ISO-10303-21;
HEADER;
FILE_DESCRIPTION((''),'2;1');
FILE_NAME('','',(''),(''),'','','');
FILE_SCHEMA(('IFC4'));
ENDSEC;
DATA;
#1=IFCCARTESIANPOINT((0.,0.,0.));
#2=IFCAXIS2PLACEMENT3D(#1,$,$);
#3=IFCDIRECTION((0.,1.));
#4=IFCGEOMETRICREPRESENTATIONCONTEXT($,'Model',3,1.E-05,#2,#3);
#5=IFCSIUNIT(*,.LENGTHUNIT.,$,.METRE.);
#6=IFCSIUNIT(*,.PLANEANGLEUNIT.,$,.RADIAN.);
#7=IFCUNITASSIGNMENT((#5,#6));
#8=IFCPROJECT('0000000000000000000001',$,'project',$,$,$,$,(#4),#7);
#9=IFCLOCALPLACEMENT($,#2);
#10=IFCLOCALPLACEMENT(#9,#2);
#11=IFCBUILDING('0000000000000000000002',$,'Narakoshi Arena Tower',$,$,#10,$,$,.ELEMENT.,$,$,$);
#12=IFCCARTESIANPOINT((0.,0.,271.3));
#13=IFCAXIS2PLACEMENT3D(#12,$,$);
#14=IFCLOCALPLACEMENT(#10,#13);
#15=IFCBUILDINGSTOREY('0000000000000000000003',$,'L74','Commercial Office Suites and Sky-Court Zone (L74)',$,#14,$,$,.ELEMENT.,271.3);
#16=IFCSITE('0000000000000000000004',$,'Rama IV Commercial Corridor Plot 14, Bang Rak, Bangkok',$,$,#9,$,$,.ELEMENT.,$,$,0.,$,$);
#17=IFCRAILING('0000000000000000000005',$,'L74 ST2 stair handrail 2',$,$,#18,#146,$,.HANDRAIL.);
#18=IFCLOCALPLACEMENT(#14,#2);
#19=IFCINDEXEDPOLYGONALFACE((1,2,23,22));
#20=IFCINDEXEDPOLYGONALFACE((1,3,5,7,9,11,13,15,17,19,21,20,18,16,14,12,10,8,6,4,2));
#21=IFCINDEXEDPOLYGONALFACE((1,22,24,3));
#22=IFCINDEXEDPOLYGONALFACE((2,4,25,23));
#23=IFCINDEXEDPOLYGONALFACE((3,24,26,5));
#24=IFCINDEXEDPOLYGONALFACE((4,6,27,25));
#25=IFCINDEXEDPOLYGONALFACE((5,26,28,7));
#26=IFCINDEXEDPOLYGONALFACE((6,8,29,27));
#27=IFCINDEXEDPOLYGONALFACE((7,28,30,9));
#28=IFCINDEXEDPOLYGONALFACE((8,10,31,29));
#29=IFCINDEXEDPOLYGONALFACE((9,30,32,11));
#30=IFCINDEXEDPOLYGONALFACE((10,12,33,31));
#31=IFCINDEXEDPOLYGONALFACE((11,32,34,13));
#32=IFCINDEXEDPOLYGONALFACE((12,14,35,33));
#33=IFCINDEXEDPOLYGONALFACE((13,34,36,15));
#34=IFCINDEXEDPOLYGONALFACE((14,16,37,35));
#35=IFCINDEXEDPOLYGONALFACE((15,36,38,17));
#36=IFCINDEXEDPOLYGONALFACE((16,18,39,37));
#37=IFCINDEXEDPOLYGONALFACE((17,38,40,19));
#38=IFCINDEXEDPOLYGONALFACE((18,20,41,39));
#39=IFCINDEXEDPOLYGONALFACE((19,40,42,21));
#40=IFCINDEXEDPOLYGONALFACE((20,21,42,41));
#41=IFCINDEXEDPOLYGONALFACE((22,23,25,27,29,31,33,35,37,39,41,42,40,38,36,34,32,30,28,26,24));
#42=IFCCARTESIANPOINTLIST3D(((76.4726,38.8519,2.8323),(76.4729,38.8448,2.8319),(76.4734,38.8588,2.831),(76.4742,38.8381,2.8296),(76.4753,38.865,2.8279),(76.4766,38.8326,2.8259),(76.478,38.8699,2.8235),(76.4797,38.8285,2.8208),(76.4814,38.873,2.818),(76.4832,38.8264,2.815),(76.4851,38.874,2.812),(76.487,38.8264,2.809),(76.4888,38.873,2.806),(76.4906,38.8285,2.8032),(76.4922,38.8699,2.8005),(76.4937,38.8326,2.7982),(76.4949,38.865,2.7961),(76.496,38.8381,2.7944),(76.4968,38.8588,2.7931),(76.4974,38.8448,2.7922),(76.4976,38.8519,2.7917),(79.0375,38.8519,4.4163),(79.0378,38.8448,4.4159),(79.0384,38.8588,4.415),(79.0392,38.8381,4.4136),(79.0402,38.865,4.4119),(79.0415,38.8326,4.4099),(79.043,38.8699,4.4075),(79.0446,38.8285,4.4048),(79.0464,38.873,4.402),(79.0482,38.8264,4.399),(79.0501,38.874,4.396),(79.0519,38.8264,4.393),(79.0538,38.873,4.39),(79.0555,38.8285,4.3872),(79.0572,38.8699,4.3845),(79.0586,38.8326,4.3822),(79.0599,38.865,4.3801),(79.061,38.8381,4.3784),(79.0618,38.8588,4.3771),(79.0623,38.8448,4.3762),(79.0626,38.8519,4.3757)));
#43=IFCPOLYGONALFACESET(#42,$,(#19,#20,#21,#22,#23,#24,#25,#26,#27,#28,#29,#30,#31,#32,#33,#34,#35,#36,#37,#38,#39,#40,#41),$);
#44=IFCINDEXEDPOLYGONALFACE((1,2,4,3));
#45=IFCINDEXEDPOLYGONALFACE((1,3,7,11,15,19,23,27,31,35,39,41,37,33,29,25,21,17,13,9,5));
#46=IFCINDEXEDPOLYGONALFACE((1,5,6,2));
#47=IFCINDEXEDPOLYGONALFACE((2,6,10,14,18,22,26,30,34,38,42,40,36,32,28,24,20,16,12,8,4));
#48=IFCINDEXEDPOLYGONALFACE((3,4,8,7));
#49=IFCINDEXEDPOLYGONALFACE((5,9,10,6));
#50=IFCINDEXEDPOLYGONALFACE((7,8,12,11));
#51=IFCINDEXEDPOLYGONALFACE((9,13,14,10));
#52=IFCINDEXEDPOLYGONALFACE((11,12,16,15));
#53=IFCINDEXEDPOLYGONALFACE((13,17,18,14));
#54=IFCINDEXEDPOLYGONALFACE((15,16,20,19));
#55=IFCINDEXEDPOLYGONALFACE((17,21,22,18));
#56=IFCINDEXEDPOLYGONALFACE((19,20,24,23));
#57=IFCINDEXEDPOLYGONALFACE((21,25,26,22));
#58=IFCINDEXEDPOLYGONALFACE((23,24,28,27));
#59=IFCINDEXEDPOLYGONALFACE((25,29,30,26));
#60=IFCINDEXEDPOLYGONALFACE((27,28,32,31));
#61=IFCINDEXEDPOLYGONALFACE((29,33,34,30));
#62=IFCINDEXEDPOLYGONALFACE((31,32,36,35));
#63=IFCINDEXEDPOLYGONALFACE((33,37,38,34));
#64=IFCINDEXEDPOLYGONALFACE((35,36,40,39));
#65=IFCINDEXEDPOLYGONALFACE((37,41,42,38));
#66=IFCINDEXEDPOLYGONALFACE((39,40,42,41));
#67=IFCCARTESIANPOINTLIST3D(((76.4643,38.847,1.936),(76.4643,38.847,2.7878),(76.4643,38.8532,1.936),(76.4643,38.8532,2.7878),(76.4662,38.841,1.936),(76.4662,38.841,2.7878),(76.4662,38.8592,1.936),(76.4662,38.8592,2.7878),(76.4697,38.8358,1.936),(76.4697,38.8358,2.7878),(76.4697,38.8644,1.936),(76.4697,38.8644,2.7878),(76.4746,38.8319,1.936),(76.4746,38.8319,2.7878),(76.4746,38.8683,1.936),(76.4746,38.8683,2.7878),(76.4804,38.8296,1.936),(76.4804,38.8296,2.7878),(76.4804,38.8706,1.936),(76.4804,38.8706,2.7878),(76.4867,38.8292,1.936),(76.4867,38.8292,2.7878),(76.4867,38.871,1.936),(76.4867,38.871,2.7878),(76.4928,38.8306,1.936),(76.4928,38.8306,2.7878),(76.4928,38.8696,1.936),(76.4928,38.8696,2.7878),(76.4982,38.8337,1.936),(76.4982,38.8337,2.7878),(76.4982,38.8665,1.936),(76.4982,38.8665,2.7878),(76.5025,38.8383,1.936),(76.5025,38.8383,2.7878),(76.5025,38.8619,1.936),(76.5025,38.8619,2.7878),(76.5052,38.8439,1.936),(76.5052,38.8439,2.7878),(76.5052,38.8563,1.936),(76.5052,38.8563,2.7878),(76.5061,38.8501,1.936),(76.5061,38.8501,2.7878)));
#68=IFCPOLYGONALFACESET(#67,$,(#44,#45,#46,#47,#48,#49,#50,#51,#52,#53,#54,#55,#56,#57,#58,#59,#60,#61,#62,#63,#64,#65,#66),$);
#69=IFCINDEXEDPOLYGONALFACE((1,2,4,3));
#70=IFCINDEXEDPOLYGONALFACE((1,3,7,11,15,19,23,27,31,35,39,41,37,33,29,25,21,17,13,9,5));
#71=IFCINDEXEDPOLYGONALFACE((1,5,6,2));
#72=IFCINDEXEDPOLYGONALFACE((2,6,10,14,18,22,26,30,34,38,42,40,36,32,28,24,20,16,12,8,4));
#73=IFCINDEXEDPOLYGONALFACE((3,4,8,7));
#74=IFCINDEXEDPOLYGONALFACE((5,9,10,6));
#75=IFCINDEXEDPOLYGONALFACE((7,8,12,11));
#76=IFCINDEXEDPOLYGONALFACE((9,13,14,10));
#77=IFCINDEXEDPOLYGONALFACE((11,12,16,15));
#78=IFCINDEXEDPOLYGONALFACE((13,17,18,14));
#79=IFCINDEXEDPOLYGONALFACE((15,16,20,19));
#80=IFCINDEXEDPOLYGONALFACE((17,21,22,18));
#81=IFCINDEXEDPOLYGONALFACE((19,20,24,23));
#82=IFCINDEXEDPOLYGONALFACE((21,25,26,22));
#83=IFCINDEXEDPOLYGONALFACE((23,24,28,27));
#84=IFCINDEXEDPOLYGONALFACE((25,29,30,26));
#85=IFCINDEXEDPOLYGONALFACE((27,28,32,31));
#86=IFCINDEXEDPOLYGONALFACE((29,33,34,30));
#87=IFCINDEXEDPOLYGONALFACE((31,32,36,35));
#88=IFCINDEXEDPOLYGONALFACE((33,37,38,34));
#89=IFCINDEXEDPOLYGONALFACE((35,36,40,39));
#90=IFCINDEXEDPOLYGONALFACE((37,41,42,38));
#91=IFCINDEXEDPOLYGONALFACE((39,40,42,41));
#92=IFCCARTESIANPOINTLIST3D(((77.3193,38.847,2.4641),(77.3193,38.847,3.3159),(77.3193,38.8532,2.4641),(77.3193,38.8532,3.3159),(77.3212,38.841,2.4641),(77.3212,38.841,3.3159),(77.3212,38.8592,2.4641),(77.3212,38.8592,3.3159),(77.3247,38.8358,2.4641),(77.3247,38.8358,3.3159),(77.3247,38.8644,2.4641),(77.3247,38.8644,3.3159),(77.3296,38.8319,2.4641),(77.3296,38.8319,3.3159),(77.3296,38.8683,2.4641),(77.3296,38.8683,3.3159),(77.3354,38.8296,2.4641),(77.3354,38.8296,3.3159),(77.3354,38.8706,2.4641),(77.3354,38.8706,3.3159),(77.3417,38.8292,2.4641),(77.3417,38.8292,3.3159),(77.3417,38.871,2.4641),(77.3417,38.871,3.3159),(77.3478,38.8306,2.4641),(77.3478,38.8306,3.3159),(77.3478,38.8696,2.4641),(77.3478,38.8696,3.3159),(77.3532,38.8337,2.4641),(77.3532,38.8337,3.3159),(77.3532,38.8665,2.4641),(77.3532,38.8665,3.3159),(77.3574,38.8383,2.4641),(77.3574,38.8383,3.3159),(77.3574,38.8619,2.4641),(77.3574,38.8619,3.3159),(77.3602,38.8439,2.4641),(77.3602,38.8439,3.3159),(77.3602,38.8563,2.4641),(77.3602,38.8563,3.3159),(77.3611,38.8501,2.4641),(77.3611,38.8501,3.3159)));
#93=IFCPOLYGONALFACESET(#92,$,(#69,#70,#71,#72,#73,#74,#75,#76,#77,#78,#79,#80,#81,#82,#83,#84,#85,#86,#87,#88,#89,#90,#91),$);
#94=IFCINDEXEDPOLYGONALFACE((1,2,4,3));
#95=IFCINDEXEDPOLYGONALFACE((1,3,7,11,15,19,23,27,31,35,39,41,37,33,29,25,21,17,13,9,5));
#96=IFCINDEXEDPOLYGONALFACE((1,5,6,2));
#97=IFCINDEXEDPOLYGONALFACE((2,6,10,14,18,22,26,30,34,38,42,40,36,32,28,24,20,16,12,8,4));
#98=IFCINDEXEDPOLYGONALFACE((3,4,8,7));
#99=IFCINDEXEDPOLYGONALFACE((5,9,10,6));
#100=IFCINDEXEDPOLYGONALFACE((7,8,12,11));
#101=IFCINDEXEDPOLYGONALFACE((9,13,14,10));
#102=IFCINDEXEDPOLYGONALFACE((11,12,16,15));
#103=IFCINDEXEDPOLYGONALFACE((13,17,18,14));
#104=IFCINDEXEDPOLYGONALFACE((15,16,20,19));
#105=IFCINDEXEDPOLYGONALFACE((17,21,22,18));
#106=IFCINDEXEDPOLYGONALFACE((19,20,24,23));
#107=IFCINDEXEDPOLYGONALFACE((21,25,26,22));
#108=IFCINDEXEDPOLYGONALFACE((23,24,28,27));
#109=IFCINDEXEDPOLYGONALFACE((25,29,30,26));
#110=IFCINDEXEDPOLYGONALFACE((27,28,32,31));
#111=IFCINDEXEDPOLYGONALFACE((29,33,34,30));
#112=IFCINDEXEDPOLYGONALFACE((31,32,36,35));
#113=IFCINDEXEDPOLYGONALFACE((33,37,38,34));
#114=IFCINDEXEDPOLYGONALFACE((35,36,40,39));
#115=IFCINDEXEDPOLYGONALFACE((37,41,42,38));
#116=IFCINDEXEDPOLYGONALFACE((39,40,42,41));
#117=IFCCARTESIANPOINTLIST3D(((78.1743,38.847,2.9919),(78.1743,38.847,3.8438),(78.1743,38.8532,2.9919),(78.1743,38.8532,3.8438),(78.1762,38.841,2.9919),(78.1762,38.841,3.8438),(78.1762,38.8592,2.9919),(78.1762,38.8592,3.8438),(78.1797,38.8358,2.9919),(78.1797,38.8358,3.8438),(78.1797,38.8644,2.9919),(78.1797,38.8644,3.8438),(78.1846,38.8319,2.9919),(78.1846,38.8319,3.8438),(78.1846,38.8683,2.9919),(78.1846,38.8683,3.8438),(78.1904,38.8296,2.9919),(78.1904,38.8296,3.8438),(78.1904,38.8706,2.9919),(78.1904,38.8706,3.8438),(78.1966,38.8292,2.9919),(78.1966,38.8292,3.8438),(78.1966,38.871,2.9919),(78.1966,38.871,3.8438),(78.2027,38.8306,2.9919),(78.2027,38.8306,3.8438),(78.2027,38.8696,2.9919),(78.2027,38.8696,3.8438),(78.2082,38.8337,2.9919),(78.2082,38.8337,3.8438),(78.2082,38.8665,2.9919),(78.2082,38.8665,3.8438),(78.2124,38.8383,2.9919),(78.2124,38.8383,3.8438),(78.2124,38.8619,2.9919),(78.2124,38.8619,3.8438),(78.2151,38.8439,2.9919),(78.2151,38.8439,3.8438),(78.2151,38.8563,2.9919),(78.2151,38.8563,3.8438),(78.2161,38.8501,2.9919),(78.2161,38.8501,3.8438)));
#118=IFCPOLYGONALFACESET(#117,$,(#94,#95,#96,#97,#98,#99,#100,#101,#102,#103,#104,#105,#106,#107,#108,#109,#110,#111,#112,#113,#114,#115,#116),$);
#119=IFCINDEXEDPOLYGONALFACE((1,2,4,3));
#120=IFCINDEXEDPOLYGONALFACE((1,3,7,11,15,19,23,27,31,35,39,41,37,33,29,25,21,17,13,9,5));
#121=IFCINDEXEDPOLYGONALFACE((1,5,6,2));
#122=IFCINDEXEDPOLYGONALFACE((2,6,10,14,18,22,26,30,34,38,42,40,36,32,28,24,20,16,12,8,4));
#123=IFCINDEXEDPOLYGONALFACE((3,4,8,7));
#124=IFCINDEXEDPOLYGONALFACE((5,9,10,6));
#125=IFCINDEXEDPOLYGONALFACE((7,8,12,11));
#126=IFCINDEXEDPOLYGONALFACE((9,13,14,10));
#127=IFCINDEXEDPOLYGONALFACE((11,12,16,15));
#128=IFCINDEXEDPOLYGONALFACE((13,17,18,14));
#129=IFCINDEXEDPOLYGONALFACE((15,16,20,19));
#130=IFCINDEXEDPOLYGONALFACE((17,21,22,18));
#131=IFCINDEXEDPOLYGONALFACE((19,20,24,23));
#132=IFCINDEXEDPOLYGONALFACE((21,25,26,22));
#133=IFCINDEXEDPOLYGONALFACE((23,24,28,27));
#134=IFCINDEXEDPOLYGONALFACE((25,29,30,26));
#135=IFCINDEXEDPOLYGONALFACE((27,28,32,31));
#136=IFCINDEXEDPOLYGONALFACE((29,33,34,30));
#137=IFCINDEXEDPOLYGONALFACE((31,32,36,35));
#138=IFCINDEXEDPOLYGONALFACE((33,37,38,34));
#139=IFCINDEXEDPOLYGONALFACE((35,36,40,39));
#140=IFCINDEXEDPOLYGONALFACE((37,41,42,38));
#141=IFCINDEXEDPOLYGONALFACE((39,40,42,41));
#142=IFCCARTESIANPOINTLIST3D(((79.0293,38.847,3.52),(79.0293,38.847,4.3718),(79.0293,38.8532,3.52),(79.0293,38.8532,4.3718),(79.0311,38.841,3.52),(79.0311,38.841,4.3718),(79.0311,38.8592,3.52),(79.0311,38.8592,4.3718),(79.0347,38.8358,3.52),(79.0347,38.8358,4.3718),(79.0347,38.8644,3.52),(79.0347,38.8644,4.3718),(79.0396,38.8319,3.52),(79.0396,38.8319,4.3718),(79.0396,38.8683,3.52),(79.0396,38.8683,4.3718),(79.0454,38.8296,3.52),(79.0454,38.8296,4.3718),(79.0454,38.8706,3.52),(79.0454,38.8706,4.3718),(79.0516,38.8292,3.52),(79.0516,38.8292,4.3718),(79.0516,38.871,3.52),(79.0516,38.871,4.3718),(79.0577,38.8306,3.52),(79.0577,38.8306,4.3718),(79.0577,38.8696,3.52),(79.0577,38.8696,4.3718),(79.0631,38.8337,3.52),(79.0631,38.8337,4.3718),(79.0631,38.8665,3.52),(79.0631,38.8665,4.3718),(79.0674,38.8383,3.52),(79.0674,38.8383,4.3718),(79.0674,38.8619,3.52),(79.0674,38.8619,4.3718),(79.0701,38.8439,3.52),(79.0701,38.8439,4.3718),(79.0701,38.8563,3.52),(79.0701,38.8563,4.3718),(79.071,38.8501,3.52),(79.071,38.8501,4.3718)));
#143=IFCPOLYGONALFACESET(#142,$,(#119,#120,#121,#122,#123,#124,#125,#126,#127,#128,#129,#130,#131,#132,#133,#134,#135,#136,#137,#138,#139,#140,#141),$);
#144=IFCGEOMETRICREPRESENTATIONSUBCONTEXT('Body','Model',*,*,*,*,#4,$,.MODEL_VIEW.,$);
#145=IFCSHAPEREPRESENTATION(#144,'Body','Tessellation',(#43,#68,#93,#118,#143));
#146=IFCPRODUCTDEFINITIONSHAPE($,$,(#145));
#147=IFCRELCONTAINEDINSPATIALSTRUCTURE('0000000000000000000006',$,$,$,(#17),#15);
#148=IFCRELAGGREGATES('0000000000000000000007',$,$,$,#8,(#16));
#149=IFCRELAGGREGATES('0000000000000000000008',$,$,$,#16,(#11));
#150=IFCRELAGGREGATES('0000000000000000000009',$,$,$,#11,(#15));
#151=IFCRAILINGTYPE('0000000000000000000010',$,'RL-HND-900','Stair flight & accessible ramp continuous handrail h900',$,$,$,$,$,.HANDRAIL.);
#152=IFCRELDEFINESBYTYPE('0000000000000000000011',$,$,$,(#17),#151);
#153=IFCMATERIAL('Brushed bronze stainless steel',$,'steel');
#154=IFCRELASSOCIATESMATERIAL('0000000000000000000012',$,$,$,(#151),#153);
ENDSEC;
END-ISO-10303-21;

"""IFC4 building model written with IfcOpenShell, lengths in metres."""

from ifc_helpers import new_model, si_unit, direction, frame, origin, origin_2d, place, context, subcontext, project, spatial, circle, extrude, material, type_object, element, save


model = new_model("IFC4")

# Units and contexts
model_context = context("Model", 3, precision=1e-05, world=origin(), true_north=direction((0.0, 1.0)))
body_context = subcontext(model_context, "Body", "Model", "MODEL_VIEW")
ifc_project = project(units=[si_unit("LENGTHUNIT", "METRE"), si_unit("PLANEANGLEUNIT", "RADIAN")], contexts=[model_context])

# Site, building, storey
site_placement = place(None, origin())
site = spatial("IfcSite", under=ifc_project, at=site_placement, Name="Rama IV Commercial Corridor Plot 14, Bang Rak, Bangkok", CompositionType="ELEMENT", RefElevation=0.0)
building_placement = place(site_placement, origin())
building = spatial("IfcBuilding", under=site, at=building_placement, Name="Narakoshi Arena Tower", CompositionType="ELEMENT")
storey_placement = place(building_placement, frame((0.0, 0.0, 271.3)))
storey = spatial("IfcBuildingStorey", under=building, at=storey_placement, Name="L74", Description="Commercial Office Suites and Sky-Court Zone (L74)", CompositionType="ELEMENT", Elevation=271.3)

# Railing
ifc_material_1 = material(Name="Brushed bronze stainless steel", Category="steel")
railing_type_1 = type_object("IfcRailingType", Name="RL-HND-900", Description="Stair flight & accessible ramp continuous handrail h900", PredefinedType="HANDRAIL", material=ifc_material_1)
railing_1_placement = place(storey_placement, frame((76.4851, 38.8501, 1.936)))
element("IfcRailing", 1, at=railing_1_placement, inside=storey, type_object=railing_type_1, Name="L74 ST2 stair handrail 2", PredefinedType="HANDRAIL", context=body_context, shape_type="SweptSolid", body=[
    extrude(circle(Radius=0.0239, at=origin_2d()), frame((0.0, 0.0, 0.876), z_axis=(0.850834, 0.0, 0.525434), x_axis=(0.0, 1.0, 0.0)), (0.0, 0.0, 1.0), 3.0146),
    extrude(circle(Radius=0.021, at=origin_2d()), origin(), (0.0, 0.0, 1.0), 0.8518),
    extrude(circle(Radius=0.021, at=origin_2d()), frame((0.855, 0.0, 0.5281)), (0.0, 0.0, 1.0), 0.8518),
    extrude(circle(Radius=0.021, at=origin_2d()), frame((1.71, 0.0, 1.0559)), (0.0, 0.0, 1.0), 0.8518),
    extrude(circle(Radius=0.021, at=origin_2d()), frame((2.5649, 0.0, 1.584)), (0.0, 0.0, 1.0), 0.8518),
])

save(model, "model.ifc")
